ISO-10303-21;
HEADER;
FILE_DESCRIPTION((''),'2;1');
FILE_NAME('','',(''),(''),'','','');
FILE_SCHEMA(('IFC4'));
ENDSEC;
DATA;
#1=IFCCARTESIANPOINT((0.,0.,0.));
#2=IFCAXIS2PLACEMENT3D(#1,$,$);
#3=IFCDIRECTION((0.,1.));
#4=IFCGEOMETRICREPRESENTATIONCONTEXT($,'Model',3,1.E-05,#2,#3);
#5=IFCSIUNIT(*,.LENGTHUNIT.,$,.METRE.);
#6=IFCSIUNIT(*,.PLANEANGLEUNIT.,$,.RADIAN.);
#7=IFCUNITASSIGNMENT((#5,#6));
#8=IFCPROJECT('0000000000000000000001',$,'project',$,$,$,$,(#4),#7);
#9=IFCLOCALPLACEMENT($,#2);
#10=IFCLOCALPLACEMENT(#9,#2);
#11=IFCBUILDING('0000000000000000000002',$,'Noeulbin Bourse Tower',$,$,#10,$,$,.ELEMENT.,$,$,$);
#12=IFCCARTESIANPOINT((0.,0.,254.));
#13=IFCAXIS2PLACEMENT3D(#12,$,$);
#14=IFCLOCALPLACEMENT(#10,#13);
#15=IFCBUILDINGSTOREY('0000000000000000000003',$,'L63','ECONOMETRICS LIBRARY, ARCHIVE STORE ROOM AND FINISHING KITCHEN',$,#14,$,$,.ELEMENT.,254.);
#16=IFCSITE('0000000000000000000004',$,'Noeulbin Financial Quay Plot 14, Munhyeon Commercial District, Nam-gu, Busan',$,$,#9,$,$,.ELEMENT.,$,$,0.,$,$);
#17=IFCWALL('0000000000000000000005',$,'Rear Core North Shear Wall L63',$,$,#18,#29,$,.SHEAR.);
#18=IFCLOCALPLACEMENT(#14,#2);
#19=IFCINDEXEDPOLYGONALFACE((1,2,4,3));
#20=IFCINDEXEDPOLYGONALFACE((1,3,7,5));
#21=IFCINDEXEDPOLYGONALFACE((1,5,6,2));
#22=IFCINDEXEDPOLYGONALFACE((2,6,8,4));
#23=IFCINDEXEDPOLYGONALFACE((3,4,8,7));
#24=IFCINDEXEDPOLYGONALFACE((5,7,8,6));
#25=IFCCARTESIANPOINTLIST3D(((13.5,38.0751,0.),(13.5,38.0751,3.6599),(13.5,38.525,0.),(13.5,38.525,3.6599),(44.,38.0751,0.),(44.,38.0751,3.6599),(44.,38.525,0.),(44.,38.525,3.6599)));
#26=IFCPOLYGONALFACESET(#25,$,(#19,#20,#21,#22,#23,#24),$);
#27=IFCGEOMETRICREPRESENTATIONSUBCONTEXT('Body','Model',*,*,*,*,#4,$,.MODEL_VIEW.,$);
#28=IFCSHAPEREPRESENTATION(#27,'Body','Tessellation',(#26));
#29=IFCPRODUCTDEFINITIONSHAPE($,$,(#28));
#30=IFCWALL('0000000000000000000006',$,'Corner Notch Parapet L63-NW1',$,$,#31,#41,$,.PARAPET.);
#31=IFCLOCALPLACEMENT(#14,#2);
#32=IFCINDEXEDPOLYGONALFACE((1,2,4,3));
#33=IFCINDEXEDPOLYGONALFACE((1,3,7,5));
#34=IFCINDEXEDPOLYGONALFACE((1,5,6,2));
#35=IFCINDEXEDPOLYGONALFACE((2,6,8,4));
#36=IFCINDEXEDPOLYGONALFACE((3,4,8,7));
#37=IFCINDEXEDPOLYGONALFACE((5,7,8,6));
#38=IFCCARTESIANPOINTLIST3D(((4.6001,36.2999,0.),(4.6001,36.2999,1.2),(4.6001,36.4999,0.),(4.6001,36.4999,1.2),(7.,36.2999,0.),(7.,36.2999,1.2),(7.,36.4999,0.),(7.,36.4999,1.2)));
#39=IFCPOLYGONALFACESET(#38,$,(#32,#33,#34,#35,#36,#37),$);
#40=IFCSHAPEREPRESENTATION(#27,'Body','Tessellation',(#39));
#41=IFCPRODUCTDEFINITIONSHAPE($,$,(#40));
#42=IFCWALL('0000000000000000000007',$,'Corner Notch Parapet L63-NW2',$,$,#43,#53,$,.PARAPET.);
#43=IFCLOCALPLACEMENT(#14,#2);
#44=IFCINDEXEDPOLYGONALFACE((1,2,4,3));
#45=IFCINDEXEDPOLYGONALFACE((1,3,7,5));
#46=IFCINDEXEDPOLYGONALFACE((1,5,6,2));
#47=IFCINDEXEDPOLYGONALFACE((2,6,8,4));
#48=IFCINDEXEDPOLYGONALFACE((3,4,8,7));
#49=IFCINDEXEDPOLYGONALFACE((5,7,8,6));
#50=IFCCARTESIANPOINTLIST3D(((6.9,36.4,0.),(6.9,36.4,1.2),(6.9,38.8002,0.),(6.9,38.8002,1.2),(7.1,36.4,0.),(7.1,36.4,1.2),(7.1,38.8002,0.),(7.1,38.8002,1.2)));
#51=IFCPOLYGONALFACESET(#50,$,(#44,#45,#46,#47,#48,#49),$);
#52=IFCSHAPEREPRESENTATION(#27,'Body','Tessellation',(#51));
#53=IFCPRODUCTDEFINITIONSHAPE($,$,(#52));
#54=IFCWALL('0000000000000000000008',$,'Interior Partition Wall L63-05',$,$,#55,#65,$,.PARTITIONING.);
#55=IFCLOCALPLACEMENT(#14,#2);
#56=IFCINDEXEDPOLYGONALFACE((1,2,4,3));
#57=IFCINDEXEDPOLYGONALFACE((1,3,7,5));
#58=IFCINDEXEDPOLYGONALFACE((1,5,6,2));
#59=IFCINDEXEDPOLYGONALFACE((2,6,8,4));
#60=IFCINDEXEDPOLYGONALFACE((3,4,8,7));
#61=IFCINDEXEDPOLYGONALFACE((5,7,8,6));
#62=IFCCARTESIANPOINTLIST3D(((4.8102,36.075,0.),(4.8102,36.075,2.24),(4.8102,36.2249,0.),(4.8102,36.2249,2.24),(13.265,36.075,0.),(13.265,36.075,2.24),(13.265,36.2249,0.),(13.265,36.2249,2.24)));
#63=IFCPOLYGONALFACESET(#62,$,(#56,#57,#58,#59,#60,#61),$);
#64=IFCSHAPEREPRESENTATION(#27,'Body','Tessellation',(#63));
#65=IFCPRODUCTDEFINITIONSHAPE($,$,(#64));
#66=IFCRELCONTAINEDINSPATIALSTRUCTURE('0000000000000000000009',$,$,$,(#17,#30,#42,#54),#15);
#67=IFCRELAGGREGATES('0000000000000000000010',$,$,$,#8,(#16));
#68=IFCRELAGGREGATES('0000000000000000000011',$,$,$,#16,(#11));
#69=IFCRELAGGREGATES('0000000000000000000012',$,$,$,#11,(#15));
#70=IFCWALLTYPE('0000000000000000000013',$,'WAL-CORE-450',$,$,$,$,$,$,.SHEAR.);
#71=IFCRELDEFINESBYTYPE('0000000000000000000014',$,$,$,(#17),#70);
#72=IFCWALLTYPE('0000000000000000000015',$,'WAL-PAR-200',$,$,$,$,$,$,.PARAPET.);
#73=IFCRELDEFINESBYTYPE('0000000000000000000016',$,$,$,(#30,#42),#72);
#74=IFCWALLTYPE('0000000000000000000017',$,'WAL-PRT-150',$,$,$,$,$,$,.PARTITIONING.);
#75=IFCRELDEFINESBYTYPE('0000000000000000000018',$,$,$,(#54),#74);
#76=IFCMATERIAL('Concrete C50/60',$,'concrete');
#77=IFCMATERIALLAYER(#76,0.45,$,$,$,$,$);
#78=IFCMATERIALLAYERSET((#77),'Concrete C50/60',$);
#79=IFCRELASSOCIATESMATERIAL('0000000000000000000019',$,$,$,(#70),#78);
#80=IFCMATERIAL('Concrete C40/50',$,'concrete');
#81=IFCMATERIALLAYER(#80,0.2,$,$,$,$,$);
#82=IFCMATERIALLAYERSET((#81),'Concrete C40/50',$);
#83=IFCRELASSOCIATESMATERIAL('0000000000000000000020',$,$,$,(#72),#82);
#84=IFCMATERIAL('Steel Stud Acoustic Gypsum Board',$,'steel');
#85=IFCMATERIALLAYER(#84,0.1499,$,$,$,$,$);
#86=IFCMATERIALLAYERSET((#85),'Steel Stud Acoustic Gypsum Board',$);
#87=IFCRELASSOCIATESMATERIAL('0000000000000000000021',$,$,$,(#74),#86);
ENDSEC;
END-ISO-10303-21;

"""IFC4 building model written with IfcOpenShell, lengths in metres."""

from ifc_helpers import new_model, si_unit, direction, frame, frame_2d, origin, place, context, subcontext, project, spatial, rectangle, extrude, material, layer, layer_set, type_object, element, save


model = new_model("IFC4")

# Units and contexts
model_context = context("Model", 3, precision=1e-05, world=origin(), true_north=direction((0.0, 1.0)))
body_context = subcontext(model_context, "Body", "Model", "MODEL_VIEW")
ifc_project = project(units=[si_unit("LENGTHUNIT", "METRE"), si_unit("PLANEANGLEUNIT", "RADIAN")], contexts=[model_context])

# Site, building, storey
site_placement = place(None, origin())
site = spatial("IfcSite", under=ifc_project, at=site_placement, Name="Noeulbin Financial Quay Plot 14, Munhyeon Commercial District, Nam-gu, Busan", CompositionType="ELEMENT", RefElevation=0.0)
building_placement = place(site_placement, origin())
building = spatial("IfcBuilding", under=site, at=building_placement, Name="Noeulbin Bourse Tower", CompositionType="ELEMENT")
storey_placement = place(building_placement, frame((0.0, 0.0, 254.0)))
storey = spatial("IfcBuildingStorey", under=building, at=storey_placement, Name="L63", Description="ECONOMETRICS LIBRARY, ARCHIVE STORE ROOM AND FINISHING KITCHEN", CompositionType="ELEMENT", Elevation=254.0)

# Walls
ifc_material_1 = material(Name="Concrete C50/60", Category="concrete")
ifc_layer_1 = layer(ifc_material_1, 0.45)
ifc_layer_set_1 = layer_set([ifc_layer_1], Name="Concrete C50/60")
wall_type_1 = type_object("IfcWallType", Name="WAL-CORE-450", PredefinedType="SHEAR", material=ifc_layer_set_1)
wall_1_placement = place(storey_placement, frame((13.5, 38.3, 0.0), z_axis=(0.0, 0.0, 1.0), x_axis=(1.0, 0.0, 0.0)))
element("IfcWall", 1, at=wall_1_placement, inside=storey, type_object=wall_type_1, Name="Rear Core North Shear Wall L63", PredefinedType="SHEAR", context=body_context, shape_type="SweptSolid", body=[
    extrude(rectangle(XDim=30.5, YDim=0.45, at=frame_2d((15.25, 0.0))), origin(), (0.0, 0.0, 1.0), 3.6599),
])
ifc_material_2 = material(Name="Concrete C40/50", Category="concrete")
ifc_layer_2 = layer(ifc_material_2, 0.2)
ifc_layer_set_2 = layer_set([ifc_layer_2], Name="Concrete C40/50")
wall_type_2 = type_object("IfcWallType", Name="WAL-PAR-200", PredefinedType="PARAPET", material=ifc_layer_set_2)
wall_2_placement = place(storey_placement, frame((4.6001, 36.3999, 0.0), z_axis=(0.0, 0.0, 1.0), x_axis=(1.0, 0.0, 0.0)))
element("IfcWall", 2, at=wall_2_placement, inside=storey, type_object=wall_type_2, Name="Corner Notch Parapet L63-NW1", PredefinedType="PARAPET", context=body_context, shape_type="SweptSolid", body=[
    extrude(rectangle(XDim=2.3999, YDim=0.2, at=frame_2d((1.2, 0.0))), origin(), (0.0, 0.0, 1.0), 1.2),
])
wall_3_placement = place(storey_placement, frame((7.0, 36.3999, 0.0), z_axis=(0.0, 0.0, 1.0), x_axis=(0.0, 1.0, 0.0)))
element("IfcWall", 3, at=wall_3_placement, inside=storey, type_object=wall_type_2, Name="Corner Notch Parapet L63-NW2", PredefinedType="PARAPET", context=body_context, shape_type="SweptSolid", body=[
    extrude(rectangle(XDim=2.4001, YDim=0.2, at=frame_2d((1.2002, 0.0))), origin(), (0.0, 0.0, 1.0), 1.2),
])
ifc_material_3 = material(Name="Steel Stud Acoustic Gypsum Board", Category="steel")
ifc_layer_3 = layer(ifc_material_3, 0.1499)
ifc_layer_set_3 = layer_set([ifc_layer_3], Name="Steel Stud Acoustic Gypsum Board")
wall_type_3 = type_object("IfcWallType", Name="WAL-PRT-150", PredefinedType="PARTITIONING", material=ifc_layer_set_3)
wall_4_placement = place(storey_placement, frame((4.8101, 36.1499, 0.0), z_axis=(0.0, 0.0, 1.0), x_axis=(1.0, 0.0, 0.0)))
element("IfcWall", 4, at=wall_4_placement, inside=storey, type_object=wall_type_3, Name="Interior Partition Wall L63-05", PredefinedType="PARTITIONING", context=body_context, shape_type="SweptSolid", body=[
    extrude(rectangle(XDim=8.4548, YDim=0.1499, at=frame_2d((4.2275, 0.0))), origin(), (0.0, 0.0, 1.0), 2.24),
])

save(model, "model.ifc")
